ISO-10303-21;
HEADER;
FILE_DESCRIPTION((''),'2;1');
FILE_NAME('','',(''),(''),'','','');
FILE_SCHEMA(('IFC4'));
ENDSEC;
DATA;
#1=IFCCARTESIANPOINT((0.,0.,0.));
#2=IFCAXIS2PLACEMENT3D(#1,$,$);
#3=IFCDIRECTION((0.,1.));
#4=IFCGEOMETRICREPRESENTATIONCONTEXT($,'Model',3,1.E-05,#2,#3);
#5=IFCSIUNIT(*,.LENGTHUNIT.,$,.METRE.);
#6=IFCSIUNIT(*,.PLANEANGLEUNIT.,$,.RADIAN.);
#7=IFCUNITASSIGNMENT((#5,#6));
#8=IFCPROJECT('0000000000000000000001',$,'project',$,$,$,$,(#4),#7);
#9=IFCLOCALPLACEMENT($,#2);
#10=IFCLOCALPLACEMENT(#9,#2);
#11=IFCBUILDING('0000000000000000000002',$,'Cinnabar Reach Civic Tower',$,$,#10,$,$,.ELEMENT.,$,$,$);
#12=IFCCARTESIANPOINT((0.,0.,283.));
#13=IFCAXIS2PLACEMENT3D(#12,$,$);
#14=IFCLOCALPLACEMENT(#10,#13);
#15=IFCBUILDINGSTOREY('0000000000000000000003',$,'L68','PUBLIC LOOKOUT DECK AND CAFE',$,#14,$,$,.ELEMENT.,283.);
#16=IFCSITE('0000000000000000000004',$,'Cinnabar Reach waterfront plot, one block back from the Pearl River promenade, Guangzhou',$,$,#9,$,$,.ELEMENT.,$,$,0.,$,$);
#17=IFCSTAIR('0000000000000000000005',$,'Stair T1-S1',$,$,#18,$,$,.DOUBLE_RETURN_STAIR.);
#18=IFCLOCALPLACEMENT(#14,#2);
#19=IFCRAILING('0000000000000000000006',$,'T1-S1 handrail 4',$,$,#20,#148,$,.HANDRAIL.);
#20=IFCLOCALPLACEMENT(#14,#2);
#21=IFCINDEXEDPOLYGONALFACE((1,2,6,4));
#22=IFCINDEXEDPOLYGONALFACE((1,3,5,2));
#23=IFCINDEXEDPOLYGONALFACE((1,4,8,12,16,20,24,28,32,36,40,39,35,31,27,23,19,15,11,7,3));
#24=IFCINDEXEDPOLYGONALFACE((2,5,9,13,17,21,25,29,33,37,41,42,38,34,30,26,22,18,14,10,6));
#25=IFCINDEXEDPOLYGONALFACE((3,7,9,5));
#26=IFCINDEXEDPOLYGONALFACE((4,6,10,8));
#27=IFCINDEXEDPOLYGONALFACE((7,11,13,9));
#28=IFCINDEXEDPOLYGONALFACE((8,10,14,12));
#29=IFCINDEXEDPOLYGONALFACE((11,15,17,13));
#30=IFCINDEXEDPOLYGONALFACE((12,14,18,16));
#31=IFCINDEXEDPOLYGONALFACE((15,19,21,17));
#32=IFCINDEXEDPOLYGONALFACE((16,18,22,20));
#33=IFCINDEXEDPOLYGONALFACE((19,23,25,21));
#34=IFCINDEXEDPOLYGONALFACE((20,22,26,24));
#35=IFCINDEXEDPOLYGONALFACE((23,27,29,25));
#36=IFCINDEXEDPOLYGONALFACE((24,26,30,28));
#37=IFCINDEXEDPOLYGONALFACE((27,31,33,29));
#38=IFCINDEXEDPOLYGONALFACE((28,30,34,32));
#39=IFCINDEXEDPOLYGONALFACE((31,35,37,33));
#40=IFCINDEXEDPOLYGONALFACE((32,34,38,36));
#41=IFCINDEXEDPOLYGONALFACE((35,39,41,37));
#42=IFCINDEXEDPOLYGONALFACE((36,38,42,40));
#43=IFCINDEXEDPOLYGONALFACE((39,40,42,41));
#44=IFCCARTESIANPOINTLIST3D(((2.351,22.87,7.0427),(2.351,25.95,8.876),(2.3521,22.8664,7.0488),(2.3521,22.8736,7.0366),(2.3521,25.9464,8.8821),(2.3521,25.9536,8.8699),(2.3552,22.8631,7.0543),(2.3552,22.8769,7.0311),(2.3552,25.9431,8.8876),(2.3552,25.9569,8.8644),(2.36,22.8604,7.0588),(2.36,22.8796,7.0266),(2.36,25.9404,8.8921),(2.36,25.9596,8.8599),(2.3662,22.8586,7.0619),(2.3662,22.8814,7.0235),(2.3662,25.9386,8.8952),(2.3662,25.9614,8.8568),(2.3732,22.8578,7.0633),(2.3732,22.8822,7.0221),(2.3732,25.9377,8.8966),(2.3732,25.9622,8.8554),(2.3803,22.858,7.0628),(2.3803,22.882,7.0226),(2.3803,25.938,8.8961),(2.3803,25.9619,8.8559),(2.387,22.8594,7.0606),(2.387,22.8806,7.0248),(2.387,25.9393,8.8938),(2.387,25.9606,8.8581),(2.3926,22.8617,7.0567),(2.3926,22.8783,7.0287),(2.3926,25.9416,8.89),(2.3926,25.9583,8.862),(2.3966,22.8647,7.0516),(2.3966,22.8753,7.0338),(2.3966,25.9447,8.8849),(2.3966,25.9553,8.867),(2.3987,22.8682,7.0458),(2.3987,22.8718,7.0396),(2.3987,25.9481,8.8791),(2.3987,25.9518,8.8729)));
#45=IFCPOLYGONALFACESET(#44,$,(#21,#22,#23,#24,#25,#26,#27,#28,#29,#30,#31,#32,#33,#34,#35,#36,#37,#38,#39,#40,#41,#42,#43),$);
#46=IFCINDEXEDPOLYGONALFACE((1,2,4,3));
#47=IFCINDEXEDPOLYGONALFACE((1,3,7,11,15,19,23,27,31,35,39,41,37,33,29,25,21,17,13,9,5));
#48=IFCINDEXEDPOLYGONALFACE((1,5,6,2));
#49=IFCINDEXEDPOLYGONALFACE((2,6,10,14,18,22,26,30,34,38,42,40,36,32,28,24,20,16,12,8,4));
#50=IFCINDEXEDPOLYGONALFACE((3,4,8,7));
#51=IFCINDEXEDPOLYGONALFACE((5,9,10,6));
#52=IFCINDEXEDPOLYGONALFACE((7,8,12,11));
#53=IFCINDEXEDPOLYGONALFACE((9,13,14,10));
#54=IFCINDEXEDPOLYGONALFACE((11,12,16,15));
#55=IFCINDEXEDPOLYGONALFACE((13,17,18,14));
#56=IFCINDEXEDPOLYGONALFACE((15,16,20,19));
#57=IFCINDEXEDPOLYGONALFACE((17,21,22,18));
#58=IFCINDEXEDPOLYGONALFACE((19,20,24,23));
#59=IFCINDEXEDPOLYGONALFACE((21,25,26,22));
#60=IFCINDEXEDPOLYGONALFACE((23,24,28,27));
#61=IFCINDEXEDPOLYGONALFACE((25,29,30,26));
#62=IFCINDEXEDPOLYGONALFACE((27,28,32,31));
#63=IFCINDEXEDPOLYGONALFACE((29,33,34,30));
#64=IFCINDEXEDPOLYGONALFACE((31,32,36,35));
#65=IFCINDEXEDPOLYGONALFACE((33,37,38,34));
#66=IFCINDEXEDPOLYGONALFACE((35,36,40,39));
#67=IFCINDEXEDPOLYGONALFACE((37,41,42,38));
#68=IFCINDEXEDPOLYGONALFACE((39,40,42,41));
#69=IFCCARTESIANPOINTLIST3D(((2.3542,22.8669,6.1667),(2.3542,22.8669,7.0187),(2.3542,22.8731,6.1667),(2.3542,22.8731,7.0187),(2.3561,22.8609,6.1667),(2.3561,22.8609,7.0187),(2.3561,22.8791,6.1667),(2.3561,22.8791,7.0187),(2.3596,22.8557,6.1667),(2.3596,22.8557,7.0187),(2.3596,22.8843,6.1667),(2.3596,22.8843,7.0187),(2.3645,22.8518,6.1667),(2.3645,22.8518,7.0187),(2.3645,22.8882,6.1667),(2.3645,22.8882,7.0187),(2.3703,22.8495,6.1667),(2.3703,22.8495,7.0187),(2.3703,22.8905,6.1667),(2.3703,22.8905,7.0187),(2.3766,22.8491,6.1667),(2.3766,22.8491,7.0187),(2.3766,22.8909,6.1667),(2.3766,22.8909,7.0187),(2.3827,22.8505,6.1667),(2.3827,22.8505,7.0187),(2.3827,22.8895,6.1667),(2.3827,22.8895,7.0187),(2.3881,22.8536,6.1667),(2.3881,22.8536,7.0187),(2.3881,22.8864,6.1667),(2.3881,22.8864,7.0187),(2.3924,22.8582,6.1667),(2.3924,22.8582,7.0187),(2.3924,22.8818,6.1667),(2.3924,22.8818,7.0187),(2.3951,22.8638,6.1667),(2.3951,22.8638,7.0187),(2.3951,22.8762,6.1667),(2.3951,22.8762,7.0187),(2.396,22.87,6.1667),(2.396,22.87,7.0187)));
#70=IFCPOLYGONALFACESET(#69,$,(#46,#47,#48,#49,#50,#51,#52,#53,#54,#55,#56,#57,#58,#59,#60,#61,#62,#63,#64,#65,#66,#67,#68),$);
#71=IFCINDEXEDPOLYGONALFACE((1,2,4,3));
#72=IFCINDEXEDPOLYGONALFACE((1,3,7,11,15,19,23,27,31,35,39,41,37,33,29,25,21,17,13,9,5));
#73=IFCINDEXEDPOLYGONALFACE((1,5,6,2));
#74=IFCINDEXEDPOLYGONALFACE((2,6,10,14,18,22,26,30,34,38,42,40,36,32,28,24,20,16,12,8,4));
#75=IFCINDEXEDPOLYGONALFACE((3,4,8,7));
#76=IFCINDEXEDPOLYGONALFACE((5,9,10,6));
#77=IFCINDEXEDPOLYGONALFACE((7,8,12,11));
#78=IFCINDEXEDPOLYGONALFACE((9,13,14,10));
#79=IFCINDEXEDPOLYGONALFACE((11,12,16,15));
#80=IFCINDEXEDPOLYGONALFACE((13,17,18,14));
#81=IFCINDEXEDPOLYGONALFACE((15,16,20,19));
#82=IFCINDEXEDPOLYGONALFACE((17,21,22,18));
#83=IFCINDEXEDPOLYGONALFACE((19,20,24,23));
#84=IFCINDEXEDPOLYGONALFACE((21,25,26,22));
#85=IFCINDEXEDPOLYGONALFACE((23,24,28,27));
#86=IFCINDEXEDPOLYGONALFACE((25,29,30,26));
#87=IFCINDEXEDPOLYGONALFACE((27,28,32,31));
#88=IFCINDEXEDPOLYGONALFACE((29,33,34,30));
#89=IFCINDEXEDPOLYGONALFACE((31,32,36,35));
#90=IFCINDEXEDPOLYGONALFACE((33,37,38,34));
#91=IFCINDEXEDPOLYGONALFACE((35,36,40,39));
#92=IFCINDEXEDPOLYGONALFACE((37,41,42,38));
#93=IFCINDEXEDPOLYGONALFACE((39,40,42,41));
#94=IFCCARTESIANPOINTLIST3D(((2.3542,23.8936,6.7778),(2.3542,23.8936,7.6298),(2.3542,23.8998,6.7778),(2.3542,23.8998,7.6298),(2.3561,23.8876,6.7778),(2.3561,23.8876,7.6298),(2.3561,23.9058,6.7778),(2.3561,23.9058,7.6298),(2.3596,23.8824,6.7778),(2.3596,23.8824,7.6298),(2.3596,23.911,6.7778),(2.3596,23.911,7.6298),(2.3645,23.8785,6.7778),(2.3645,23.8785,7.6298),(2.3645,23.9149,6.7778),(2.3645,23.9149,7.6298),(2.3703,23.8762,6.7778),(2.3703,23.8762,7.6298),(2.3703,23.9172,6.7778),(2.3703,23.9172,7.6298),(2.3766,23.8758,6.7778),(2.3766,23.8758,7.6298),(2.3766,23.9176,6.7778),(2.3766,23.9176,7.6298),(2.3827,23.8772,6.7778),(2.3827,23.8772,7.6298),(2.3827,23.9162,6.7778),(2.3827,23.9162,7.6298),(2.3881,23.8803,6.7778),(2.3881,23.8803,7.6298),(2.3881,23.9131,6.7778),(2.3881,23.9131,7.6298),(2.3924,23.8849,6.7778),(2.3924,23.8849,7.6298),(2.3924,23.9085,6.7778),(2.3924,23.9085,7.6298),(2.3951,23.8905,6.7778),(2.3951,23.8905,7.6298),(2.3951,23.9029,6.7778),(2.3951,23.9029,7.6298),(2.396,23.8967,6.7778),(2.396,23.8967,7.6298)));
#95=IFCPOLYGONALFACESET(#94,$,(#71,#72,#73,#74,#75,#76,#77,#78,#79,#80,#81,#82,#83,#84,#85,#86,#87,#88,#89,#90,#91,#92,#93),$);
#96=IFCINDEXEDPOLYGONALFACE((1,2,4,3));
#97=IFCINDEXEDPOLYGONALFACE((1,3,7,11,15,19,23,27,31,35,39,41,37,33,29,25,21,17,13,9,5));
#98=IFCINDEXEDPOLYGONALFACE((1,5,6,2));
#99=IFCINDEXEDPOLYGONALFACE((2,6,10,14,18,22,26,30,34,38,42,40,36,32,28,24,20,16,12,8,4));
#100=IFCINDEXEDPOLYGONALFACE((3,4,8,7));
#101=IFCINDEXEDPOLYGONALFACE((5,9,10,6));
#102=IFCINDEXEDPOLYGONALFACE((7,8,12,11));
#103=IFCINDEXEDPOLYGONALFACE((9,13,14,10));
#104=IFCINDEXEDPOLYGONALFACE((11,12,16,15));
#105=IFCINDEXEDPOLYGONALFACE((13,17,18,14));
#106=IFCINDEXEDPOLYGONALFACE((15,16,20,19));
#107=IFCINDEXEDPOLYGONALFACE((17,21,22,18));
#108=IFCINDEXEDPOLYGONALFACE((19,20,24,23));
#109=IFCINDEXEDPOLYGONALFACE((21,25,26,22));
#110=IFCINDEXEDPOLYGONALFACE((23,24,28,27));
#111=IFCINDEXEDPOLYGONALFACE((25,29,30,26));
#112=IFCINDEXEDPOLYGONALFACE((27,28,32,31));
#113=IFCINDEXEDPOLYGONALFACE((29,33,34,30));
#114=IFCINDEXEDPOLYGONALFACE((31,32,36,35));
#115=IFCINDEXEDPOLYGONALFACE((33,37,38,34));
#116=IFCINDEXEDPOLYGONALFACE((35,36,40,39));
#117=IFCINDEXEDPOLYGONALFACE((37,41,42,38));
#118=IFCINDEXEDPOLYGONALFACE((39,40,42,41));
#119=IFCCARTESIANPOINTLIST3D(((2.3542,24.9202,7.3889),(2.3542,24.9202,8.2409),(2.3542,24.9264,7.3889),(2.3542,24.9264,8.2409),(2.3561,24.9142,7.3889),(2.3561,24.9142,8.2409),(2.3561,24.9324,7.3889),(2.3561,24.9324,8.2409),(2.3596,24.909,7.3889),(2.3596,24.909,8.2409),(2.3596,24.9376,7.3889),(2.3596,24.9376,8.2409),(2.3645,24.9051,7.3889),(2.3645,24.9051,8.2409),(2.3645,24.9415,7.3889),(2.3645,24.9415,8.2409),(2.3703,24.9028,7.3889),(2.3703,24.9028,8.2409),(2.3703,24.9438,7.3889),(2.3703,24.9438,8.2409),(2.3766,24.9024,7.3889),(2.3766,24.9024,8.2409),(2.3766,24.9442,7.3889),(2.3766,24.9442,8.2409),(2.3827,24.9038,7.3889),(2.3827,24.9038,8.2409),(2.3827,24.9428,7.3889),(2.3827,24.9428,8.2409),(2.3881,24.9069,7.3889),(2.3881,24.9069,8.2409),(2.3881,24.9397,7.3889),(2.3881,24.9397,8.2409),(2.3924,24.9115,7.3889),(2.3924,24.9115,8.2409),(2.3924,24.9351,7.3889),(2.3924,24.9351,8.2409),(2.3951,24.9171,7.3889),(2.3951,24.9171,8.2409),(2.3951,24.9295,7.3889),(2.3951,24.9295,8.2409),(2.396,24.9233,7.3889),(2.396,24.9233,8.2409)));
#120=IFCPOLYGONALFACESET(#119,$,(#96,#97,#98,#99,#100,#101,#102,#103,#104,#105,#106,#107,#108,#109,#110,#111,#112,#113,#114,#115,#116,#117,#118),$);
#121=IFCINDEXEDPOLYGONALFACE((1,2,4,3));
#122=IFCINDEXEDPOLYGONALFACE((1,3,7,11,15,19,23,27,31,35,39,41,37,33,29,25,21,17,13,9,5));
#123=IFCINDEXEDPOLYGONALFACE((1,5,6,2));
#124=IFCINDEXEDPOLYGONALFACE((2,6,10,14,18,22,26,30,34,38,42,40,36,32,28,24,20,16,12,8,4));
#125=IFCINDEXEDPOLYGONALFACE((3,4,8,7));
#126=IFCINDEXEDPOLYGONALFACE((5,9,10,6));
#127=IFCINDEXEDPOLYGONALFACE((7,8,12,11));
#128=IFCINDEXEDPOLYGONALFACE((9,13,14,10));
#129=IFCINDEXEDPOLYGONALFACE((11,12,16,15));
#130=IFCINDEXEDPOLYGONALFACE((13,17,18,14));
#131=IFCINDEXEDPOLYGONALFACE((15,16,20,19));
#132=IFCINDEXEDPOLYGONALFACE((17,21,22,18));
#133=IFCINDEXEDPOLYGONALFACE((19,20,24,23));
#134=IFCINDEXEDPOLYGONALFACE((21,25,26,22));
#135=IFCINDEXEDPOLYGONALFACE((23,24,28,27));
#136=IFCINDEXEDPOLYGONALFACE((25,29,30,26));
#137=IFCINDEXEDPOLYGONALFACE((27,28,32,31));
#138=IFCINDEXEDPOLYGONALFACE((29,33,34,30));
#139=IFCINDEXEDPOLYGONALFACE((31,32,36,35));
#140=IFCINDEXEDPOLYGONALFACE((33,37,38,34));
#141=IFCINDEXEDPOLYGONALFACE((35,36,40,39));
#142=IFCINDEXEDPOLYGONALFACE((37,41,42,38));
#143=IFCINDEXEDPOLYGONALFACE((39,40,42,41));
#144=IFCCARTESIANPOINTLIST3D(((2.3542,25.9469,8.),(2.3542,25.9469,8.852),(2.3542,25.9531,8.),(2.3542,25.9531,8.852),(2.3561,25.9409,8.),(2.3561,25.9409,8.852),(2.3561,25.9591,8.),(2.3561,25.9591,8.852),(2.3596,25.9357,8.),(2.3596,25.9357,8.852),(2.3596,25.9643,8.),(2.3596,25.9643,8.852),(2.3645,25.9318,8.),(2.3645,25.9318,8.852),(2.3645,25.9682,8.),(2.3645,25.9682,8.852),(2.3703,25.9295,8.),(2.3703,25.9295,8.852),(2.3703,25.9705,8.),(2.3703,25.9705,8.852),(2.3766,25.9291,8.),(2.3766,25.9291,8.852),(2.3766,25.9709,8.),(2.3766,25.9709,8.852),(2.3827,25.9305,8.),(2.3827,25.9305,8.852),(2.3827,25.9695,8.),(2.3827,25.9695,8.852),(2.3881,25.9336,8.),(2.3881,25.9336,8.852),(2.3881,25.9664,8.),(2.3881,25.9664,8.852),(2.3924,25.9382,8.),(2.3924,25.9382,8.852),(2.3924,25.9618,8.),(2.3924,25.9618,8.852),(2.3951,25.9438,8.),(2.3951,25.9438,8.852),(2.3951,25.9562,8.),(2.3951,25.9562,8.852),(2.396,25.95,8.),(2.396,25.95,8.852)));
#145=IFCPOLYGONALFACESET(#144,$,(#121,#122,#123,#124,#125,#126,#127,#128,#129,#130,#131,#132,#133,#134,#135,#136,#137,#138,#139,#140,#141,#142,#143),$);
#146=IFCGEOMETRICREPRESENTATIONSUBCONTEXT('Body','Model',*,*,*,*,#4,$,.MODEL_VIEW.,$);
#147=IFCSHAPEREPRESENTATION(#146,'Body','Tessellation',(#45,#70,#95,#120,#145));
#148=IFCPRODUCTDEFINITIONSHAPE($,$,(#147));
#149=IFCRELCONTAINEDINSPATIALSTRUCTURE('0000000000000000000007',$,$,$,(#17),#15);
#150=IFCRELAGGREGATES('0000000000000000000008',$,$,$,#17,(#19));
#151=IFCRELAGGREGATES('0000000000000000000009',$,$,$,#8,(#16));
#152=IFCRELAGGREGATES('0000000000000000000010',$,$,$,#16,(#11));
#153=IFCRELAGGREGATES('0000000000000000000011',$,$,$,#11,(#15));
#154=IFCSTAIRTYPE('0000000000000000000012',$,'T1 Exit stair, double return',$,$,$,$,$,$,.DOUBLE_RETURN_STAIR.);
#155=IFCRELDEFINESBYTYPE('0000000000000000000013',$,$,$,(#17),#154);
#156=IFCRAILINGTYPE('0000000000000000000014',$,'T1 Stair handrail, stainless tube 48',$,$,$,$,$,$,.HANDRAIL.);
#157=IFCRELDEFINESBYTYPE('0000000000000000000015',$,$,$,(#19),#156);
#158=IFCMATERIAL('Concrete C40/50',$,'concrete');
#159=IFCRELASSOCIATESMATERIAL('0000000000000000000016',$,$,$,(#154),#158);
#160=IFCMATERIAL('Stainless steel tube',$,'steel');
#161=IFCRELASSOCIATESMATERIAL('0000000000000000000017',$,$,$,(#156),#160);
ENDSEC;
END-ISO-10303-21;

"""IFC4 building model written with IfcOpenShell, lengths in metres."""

from ifc_helpers import new_model, si_unit, direction, frame, origin, origin_2d, place, context, subcontext, project, spatial, circle, extrude, material, type_object, element, aggregate, save


model = new_model("IFC4")

# Units and contexts
model_context = context("Model", 3, precision=1e-05, world=origin(), true_north=direction((0.0, 1.0)))
body_context = subcontext(model_context, "Body", "Model", "MODEL_VIEW")
ifc_project = project(units=[si_unit("LENGTHUNIT", "METRE"), si_unit("PLANEANGLEUNIT", "RADIAN")], contexts=[model_context])

# Site, building, storey
site_placement = place(None, origin())
site = spatial("IfcSite", under=ifc_project, at=site_placement, Name="Cinnabar Reach waterfront plot, one block back from the Pearl River promenade, Guangzhou", CompositionType="ELEMENT", RefElevation=0.0)
building_placement = place(site_placement, origin())
building = spatial("IfcBuilding", under=site, at=building_placement, Name="Cinnabar Reach Civic Tower", CompositionType="ELEMENT")
storey_placement = place(building_placement, frame((0.0, 0.0, 283.0)))
storey = spatial("IfcBuildingStorey", under=building, at=storey_placement, Name="L68", Description="PUBLIC LOOKOUT DECK AND CAFE", CompositionType="ELEMENT", Elevation=283.0)

# Shared definitions
ifc_material_1 = material(Name="Concrete C40/50", Category="concrete")

# Stair, railing
stair_type = type_object("IfcStairType", Name="T1 Exit stair, double return", PredefinedType="DOUBLE_RETURN_STAIR", material=ifc_material_1)
stair_placement = place(storey_placement, origin())
stair = element("IfcStair", 1, at=stair_placement, inside=storey, type_object=stair_type, Name="Stair T1-S1", PredefinedType="DOUBLE_RETURN_STAIR")
ifc_material_2 = material(Name="Stainless steel tube", Category="steel")
railing_type = type_object("IfcRailingType", Name="T1 Stair handrail, stainless tube 48", PredefinedType="HANDRAIL", material=ifc_material_2)
railing_1_placement = place(storey_placement, frame((2.375, 22.87, 6.1667)))
railing_1 = element("IfcRailing", 2, at=railing_1_placement, type_object=railing_type, Name="T1-S1 handrail 4", PredefinedType="HANDRAIL", context=body_context, shape_type="SweptSolid", body=[
    extrude(circle(Radius=0.024, at=origin_2d()), frame((0.0, 0.0, 0.876), z_axis=(0.0, 0.859297, 0.511477), x_axis=(-1.0, 0.0, 0.0)), (0.0, 0.0, 1.0), 3.5843),
    extrude(circle(Radius=0.021, at=origin_2d()), origin(), (0.0, 0.0, 1.0), 0.852),
    extrude(circle(Radius=0.021, at=origin_2d()), frame((0.0, 1.0267, 0.6111)), (0.0, 0.0, 1.0), 0.852),
    extrude(circle(Radius=0.021, at=origin_2d()), frame((0.0, 2.0533, 1.2222)), (0.0, 0.0, 1.0), 0.852),
    extrude(circle(Radius=0.021, at=origin_2d()), frame((0.0, 3.08, 1.8333)), (0.0, 0.0, 1.0), 0.852),
])
aggregate(stair, [railing_1])

save(model, "model.ifc")
